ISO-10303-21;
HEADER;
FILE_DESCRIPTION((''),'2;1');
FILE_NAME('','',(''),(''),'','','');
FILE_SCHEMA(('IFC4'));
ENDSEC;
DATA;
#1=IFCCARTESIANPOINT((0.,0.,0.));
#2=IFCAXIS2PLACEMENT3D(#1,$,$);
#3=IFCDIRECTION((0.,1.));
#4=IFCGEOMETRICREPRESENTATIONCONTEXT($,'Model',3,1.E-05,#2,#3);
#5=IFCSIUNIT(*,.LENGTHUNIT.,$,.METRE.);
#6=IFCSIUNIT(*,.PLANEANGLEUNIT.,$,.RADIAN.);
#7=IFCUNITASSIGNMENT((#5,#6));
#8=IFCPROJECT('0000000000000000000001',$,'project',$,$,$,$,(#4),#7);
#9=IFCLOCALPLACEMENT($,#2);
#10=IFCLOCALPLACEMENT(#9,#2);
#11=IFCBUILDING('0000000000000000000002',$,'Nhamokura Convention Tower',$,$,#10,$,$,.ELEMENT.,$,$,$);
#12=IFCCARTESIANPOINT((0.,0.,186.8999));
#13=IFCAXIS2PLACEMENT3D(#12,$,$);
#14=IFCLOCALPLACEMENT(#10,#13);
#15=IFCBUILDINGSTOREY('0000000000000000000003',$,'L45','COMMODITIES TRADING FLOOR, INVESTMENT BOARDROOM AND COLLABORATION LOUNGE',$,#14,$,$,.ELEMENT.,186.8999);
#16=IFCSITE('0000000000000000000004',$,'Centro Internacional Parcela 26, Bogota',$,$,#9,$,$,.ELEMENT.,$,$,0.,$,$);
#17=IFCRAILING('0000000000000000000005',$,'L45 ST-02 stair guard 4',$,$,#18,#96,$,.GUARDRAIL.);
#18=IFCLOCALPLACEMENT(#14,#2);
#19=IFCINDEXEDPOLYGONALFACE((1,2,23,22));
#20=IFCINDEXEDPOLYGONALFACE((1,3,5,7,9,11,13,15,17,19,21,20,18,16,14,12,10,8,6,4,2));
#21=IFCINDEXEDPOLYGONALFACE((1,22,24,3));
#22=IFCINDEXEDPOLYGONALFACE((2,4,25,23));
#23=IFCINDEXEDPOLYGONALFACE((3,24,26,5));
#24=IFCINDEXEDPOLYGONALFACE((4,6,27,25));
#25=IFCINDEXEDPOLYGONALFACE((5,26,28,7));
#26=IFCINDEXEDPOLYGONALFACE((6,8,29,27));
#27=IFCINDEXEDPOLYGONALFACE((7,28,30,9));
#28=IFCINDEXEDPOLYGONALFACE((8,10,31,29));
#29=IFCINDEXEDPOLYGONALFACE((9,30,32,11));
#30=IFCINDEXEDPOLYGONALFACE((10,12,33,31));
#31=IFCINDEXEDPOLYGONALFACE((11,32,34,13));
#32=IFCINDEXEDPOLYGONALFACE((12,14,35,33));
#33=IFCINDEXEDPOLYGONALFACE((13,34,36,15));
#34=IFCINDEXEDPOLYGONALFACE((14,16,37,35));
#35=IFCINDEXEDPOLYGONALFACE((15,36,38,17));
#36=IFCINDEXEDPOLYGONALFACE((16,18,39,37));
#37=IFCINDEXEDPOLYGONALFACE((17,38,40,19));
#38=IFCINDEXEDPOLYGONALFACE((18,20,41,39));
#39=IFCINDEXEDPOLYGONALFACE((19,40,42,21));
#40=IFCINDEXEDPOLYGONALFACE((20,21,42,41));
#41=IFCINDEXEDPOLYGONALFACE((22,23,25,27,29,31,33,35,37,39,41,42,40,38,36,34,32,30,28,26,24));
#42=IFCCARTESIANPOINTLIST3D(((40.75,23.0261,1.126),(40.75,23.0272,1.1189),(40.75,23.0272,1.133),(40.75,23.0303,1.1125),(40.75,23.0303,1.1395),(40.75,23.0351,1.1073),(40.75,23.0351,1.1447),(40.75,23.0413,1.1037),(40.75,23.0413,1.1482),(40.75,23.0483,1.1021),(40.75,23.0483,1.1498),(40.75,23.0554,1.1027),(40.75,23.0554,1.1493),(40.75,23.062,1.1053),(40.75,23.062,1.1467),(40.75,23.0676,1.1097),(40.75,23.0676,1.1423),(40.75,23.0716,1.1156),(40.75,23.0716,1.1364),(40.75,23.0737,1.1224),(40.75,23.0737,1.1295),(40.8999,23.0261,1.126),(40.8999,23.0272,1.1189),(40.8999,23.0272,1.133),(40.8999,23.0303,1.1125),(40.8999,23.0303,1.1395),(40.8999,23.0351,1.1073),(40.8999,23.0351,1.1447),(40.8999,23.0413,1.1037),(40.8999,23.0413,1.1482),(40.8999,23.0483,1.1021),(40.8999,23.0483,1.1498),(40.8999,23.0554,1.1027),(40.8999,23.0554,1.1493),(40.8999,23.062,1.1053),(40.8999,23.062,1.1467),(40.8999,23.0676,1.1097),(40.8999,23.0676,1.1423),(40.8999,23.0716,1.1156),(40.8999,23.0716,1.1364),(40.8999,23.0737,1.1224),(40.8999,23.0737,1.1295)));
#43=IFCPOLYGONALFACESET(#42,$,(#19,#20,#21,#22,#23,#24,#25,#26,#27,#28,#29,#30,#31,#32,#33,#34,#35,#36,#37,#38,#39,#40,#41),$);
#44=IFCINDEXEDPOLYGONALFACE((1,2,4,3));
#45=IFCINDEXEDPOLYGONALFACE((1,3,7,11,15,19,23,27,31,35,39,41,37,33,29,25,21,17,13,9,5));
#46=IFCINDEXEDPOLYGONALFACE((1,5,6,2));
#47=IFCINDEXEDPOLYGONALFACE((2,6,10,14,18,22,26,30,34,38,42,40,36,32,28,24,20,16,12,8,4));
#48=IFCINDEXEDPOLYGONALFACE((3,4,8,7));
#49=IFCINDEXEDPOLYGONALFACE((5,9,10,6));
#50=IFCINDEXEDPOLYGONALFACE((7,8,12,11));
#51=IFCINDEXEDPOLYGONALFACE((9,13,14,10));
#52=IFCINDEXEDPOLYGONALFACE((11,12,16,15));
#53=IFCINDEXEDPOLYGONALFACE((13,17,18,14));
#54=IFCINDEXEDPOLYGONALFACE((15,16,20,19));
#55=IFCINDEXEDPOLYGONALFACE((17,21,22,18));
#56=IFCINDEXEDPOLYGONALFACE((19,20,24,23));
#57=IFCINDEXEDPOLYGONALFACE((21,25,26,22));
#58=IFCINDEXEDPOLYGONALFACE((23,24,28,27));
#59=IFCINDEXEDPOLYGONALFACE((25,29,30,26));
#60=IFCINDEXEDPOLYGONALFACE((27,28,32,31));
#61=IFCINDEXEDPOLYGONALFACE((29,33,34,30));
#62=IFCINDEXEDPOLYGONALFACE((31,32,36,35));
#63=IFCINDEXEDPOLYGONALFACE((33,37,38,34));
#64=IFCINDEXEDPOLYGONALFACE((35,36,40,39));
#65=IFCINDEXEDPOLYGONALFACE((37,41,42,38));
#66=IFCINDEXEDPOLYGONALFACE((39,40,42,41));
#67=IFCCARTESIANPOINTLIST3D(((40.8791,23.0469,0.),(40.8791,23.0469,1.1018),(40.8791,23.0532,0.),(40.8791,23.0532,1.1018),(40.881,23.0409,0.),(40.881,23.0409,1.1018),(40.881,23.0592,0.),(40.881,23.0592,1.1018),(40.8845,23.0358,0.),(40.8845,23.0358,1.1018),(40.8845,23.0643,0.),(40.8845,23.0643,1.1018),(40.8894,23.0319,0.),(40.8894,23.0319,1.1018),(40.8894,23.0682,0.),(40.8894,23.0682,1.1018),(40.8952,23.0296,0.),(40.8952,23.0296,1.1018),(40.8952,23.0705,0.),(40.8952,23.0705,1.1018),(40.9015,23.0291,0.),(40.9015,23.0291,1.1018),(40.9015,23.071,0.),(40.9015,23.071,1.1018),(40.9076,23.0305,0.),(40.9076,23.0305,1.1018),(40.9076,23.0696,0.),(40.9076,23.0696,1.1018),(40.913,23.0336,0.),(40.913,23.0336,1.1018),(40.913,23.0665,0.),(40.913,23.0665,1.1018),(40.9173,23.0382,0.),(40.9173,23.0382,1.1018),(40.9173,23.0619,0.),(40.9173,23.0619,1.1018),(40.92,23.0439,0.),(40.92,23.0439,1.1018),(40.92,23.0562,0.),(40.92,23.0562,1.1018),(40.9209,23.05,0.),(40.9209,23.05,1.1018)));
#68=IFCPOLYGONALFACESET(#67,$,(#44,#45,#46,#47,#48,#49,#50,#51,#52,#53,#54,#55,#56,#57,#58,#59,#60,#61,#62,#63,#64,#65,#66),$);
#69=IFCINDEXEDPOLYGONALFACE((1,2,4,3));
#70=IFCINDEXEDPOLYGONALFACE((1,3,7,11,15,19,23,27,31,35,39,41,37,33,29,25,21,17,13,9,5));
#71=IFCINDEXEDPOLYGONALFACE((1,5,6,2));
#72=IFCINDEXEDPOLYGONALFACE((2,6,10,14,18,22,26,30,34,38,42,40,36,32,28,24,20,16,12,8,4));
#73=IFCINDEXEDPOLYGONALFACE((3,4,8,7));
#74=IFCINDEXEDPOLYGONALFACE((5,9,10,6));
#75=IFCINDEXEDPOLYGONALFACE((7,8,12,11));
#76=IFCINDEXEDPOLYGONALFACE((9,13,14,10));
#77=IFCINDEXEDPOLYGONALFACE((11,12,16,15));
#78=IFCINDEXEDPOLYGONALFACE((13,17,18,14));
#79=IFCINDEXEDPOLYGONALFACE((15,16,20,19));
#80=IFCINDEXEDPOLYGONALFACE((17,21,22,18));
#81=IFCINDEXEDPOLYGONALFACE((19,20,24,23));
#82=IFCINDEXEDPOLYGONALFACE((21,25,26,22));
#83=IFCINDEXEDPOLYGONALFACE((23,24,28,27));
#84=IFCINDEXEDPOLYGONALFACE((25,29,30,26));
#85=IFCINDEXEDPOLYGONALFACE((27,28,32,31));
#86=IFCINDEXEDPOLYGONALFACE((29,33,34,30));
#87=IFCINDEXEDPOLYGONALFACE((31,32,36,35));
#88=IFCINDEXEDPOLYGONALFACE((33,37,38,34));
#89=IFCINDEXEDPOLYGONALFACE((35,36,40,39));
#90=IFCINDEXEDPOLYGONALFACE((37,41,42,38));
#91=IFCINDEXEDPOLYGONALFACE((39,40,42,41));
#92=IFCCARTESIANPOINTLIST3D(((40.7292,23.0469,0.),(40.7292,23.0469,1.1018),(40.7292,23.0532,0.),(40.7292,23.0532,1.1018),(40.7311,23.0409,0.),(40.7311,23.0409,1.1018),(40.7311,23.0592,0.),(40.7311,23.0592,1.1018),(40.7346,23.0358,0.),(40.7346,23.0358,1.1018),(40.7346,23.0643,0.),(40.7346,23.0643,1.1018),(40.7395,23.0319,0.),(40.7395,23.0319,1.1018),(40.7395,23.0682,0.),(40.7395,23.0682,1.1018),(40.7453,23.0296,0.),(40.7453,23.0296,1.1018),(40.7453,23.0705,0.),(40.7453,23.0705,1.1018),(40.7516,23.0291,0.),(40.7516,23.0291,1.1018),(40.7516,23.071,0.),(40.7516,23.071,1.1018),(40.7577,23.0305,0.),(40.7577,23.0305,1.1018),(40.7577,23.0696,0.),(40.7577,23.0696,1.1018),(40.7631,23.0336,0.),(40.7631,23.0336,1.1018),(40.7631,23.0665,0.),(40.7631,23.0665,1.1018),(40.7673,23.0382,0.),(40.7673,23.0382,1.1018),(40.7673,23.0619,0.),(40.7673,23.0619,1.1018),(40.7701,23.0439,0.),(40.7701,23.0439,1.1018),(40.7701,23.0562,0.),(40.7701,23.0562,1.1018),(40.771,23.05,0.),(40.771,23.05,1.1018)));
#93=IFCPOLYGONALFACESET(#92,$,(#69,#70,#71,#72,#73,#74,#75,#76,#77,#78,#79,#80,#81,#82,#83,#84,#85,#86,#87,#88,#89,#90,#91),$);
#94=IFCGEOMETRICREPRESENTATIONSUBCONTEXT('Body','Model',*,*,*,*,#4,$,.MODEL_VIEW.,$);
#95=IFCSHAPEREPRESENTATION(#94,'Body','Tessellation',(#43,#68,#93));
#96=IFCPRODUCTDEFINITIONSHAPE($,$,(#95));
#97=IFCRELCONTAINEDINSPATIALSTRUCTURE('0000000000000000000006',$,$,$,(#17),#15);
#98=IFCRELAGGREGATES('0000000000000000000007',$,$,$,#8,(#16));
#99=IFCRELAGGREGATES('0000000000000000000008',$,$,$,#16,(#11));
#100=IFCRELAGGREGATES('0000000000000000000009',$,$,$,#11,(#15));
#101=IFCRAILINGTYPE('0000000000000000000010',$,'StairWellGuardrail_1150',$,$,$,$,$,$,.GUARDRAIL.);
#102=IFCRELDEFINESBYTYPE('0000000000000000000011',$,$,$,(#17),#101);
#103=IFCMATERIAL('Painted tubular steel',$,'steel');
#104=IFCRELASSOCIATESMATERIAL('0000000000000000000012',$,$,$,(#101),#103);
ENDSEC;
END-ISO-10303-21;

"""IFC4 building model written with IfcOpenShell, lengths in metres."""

from ifc_helpers import new_model, si_unit, direction, frame, origin, origin_2d, place, context, subcontext, project, spatial, circle, extrude, material, type_object, element, save


model = new_model("IFC4")

# Units and contexts
model_context = context("Model", 3, precision=1e-05, world=origin(), true_north=direction((0.0, 1.0)))
body_context = subcontext(model_context, "Body", "Model", "MODEL_VIEW")
ifc_project = project(units=[si_unit("LENGTHUNIT", "METRE"), si_unit("PLANEANGLEUNIT", "RADIAN")], contexts=[model_context])

# Site, building, storey
site_placement = place(None, origin())
site = spatial("IfcSite", under=ifc_project, at=site_placement, Name="Centro Internacional Parcela 26, Bogota", CompositionType="ELEMENT", RefElevation=0.0)
building_placement = place(site_placement, origin())
building = spatial("IfcBuilding", under=site, at=building_placement, Name="Nhamokura Convention Tower", CompositionType="ELEMENT")
storey_placement = place(building_placement, frame((0.0, 0.0, 186.8999)))
storey = spatial("IfcBuildingStorey", under=building, at=storey_placement, Name="L45", Description="COMMODITIES TRADING FLOOR, INVESTMENT BOARDROOM AND COLLABORATION LOUNGE", CompositionType="ELEMENT", Elevation=186.8999)

# Railing
ifc_material_1 = material(Name="Painted tubular steel", Category="steel")
railing_type_1 = type_object("IfcRailingType", Name="StairWellGuardrail_1150", PredefinedType="GUARDRAIL", material=ifc_material_1)
railing_1_placement = place(storey_placement, frame((40.8999, 23.05, 0.0)))
element("IfcRailing", 1, at=railing_1_placement, inside=storey, type_object=railing_type_1, Name="L45 ST-02 stair guard 4", PredefinedType="GUARDRAIL", context=body_context, shape_type="SweptSolid", body=[
    extrude(circle(Radius=0.0239, at=origin_2d()), frame((0.0, 0.0, 1.126), z_axis=(-1.0, 0.0, 0.0), x_axis=(0.0, -1.0, 0.0)), (0.0, 0.0, 1.0), 0.1499),
    extrude(circle(Radius=0.021, at=origin_2d()), origin(), (0.0, 0.0, 1.0), 1.1018),
    extrude(circle(Radius=0.021, at=origin_2d()), frame((-0.1499, 0.0, 0.0)), (0.0, 0.0, 1.0), 1.1018),
])

save(model, "model.ifc")
